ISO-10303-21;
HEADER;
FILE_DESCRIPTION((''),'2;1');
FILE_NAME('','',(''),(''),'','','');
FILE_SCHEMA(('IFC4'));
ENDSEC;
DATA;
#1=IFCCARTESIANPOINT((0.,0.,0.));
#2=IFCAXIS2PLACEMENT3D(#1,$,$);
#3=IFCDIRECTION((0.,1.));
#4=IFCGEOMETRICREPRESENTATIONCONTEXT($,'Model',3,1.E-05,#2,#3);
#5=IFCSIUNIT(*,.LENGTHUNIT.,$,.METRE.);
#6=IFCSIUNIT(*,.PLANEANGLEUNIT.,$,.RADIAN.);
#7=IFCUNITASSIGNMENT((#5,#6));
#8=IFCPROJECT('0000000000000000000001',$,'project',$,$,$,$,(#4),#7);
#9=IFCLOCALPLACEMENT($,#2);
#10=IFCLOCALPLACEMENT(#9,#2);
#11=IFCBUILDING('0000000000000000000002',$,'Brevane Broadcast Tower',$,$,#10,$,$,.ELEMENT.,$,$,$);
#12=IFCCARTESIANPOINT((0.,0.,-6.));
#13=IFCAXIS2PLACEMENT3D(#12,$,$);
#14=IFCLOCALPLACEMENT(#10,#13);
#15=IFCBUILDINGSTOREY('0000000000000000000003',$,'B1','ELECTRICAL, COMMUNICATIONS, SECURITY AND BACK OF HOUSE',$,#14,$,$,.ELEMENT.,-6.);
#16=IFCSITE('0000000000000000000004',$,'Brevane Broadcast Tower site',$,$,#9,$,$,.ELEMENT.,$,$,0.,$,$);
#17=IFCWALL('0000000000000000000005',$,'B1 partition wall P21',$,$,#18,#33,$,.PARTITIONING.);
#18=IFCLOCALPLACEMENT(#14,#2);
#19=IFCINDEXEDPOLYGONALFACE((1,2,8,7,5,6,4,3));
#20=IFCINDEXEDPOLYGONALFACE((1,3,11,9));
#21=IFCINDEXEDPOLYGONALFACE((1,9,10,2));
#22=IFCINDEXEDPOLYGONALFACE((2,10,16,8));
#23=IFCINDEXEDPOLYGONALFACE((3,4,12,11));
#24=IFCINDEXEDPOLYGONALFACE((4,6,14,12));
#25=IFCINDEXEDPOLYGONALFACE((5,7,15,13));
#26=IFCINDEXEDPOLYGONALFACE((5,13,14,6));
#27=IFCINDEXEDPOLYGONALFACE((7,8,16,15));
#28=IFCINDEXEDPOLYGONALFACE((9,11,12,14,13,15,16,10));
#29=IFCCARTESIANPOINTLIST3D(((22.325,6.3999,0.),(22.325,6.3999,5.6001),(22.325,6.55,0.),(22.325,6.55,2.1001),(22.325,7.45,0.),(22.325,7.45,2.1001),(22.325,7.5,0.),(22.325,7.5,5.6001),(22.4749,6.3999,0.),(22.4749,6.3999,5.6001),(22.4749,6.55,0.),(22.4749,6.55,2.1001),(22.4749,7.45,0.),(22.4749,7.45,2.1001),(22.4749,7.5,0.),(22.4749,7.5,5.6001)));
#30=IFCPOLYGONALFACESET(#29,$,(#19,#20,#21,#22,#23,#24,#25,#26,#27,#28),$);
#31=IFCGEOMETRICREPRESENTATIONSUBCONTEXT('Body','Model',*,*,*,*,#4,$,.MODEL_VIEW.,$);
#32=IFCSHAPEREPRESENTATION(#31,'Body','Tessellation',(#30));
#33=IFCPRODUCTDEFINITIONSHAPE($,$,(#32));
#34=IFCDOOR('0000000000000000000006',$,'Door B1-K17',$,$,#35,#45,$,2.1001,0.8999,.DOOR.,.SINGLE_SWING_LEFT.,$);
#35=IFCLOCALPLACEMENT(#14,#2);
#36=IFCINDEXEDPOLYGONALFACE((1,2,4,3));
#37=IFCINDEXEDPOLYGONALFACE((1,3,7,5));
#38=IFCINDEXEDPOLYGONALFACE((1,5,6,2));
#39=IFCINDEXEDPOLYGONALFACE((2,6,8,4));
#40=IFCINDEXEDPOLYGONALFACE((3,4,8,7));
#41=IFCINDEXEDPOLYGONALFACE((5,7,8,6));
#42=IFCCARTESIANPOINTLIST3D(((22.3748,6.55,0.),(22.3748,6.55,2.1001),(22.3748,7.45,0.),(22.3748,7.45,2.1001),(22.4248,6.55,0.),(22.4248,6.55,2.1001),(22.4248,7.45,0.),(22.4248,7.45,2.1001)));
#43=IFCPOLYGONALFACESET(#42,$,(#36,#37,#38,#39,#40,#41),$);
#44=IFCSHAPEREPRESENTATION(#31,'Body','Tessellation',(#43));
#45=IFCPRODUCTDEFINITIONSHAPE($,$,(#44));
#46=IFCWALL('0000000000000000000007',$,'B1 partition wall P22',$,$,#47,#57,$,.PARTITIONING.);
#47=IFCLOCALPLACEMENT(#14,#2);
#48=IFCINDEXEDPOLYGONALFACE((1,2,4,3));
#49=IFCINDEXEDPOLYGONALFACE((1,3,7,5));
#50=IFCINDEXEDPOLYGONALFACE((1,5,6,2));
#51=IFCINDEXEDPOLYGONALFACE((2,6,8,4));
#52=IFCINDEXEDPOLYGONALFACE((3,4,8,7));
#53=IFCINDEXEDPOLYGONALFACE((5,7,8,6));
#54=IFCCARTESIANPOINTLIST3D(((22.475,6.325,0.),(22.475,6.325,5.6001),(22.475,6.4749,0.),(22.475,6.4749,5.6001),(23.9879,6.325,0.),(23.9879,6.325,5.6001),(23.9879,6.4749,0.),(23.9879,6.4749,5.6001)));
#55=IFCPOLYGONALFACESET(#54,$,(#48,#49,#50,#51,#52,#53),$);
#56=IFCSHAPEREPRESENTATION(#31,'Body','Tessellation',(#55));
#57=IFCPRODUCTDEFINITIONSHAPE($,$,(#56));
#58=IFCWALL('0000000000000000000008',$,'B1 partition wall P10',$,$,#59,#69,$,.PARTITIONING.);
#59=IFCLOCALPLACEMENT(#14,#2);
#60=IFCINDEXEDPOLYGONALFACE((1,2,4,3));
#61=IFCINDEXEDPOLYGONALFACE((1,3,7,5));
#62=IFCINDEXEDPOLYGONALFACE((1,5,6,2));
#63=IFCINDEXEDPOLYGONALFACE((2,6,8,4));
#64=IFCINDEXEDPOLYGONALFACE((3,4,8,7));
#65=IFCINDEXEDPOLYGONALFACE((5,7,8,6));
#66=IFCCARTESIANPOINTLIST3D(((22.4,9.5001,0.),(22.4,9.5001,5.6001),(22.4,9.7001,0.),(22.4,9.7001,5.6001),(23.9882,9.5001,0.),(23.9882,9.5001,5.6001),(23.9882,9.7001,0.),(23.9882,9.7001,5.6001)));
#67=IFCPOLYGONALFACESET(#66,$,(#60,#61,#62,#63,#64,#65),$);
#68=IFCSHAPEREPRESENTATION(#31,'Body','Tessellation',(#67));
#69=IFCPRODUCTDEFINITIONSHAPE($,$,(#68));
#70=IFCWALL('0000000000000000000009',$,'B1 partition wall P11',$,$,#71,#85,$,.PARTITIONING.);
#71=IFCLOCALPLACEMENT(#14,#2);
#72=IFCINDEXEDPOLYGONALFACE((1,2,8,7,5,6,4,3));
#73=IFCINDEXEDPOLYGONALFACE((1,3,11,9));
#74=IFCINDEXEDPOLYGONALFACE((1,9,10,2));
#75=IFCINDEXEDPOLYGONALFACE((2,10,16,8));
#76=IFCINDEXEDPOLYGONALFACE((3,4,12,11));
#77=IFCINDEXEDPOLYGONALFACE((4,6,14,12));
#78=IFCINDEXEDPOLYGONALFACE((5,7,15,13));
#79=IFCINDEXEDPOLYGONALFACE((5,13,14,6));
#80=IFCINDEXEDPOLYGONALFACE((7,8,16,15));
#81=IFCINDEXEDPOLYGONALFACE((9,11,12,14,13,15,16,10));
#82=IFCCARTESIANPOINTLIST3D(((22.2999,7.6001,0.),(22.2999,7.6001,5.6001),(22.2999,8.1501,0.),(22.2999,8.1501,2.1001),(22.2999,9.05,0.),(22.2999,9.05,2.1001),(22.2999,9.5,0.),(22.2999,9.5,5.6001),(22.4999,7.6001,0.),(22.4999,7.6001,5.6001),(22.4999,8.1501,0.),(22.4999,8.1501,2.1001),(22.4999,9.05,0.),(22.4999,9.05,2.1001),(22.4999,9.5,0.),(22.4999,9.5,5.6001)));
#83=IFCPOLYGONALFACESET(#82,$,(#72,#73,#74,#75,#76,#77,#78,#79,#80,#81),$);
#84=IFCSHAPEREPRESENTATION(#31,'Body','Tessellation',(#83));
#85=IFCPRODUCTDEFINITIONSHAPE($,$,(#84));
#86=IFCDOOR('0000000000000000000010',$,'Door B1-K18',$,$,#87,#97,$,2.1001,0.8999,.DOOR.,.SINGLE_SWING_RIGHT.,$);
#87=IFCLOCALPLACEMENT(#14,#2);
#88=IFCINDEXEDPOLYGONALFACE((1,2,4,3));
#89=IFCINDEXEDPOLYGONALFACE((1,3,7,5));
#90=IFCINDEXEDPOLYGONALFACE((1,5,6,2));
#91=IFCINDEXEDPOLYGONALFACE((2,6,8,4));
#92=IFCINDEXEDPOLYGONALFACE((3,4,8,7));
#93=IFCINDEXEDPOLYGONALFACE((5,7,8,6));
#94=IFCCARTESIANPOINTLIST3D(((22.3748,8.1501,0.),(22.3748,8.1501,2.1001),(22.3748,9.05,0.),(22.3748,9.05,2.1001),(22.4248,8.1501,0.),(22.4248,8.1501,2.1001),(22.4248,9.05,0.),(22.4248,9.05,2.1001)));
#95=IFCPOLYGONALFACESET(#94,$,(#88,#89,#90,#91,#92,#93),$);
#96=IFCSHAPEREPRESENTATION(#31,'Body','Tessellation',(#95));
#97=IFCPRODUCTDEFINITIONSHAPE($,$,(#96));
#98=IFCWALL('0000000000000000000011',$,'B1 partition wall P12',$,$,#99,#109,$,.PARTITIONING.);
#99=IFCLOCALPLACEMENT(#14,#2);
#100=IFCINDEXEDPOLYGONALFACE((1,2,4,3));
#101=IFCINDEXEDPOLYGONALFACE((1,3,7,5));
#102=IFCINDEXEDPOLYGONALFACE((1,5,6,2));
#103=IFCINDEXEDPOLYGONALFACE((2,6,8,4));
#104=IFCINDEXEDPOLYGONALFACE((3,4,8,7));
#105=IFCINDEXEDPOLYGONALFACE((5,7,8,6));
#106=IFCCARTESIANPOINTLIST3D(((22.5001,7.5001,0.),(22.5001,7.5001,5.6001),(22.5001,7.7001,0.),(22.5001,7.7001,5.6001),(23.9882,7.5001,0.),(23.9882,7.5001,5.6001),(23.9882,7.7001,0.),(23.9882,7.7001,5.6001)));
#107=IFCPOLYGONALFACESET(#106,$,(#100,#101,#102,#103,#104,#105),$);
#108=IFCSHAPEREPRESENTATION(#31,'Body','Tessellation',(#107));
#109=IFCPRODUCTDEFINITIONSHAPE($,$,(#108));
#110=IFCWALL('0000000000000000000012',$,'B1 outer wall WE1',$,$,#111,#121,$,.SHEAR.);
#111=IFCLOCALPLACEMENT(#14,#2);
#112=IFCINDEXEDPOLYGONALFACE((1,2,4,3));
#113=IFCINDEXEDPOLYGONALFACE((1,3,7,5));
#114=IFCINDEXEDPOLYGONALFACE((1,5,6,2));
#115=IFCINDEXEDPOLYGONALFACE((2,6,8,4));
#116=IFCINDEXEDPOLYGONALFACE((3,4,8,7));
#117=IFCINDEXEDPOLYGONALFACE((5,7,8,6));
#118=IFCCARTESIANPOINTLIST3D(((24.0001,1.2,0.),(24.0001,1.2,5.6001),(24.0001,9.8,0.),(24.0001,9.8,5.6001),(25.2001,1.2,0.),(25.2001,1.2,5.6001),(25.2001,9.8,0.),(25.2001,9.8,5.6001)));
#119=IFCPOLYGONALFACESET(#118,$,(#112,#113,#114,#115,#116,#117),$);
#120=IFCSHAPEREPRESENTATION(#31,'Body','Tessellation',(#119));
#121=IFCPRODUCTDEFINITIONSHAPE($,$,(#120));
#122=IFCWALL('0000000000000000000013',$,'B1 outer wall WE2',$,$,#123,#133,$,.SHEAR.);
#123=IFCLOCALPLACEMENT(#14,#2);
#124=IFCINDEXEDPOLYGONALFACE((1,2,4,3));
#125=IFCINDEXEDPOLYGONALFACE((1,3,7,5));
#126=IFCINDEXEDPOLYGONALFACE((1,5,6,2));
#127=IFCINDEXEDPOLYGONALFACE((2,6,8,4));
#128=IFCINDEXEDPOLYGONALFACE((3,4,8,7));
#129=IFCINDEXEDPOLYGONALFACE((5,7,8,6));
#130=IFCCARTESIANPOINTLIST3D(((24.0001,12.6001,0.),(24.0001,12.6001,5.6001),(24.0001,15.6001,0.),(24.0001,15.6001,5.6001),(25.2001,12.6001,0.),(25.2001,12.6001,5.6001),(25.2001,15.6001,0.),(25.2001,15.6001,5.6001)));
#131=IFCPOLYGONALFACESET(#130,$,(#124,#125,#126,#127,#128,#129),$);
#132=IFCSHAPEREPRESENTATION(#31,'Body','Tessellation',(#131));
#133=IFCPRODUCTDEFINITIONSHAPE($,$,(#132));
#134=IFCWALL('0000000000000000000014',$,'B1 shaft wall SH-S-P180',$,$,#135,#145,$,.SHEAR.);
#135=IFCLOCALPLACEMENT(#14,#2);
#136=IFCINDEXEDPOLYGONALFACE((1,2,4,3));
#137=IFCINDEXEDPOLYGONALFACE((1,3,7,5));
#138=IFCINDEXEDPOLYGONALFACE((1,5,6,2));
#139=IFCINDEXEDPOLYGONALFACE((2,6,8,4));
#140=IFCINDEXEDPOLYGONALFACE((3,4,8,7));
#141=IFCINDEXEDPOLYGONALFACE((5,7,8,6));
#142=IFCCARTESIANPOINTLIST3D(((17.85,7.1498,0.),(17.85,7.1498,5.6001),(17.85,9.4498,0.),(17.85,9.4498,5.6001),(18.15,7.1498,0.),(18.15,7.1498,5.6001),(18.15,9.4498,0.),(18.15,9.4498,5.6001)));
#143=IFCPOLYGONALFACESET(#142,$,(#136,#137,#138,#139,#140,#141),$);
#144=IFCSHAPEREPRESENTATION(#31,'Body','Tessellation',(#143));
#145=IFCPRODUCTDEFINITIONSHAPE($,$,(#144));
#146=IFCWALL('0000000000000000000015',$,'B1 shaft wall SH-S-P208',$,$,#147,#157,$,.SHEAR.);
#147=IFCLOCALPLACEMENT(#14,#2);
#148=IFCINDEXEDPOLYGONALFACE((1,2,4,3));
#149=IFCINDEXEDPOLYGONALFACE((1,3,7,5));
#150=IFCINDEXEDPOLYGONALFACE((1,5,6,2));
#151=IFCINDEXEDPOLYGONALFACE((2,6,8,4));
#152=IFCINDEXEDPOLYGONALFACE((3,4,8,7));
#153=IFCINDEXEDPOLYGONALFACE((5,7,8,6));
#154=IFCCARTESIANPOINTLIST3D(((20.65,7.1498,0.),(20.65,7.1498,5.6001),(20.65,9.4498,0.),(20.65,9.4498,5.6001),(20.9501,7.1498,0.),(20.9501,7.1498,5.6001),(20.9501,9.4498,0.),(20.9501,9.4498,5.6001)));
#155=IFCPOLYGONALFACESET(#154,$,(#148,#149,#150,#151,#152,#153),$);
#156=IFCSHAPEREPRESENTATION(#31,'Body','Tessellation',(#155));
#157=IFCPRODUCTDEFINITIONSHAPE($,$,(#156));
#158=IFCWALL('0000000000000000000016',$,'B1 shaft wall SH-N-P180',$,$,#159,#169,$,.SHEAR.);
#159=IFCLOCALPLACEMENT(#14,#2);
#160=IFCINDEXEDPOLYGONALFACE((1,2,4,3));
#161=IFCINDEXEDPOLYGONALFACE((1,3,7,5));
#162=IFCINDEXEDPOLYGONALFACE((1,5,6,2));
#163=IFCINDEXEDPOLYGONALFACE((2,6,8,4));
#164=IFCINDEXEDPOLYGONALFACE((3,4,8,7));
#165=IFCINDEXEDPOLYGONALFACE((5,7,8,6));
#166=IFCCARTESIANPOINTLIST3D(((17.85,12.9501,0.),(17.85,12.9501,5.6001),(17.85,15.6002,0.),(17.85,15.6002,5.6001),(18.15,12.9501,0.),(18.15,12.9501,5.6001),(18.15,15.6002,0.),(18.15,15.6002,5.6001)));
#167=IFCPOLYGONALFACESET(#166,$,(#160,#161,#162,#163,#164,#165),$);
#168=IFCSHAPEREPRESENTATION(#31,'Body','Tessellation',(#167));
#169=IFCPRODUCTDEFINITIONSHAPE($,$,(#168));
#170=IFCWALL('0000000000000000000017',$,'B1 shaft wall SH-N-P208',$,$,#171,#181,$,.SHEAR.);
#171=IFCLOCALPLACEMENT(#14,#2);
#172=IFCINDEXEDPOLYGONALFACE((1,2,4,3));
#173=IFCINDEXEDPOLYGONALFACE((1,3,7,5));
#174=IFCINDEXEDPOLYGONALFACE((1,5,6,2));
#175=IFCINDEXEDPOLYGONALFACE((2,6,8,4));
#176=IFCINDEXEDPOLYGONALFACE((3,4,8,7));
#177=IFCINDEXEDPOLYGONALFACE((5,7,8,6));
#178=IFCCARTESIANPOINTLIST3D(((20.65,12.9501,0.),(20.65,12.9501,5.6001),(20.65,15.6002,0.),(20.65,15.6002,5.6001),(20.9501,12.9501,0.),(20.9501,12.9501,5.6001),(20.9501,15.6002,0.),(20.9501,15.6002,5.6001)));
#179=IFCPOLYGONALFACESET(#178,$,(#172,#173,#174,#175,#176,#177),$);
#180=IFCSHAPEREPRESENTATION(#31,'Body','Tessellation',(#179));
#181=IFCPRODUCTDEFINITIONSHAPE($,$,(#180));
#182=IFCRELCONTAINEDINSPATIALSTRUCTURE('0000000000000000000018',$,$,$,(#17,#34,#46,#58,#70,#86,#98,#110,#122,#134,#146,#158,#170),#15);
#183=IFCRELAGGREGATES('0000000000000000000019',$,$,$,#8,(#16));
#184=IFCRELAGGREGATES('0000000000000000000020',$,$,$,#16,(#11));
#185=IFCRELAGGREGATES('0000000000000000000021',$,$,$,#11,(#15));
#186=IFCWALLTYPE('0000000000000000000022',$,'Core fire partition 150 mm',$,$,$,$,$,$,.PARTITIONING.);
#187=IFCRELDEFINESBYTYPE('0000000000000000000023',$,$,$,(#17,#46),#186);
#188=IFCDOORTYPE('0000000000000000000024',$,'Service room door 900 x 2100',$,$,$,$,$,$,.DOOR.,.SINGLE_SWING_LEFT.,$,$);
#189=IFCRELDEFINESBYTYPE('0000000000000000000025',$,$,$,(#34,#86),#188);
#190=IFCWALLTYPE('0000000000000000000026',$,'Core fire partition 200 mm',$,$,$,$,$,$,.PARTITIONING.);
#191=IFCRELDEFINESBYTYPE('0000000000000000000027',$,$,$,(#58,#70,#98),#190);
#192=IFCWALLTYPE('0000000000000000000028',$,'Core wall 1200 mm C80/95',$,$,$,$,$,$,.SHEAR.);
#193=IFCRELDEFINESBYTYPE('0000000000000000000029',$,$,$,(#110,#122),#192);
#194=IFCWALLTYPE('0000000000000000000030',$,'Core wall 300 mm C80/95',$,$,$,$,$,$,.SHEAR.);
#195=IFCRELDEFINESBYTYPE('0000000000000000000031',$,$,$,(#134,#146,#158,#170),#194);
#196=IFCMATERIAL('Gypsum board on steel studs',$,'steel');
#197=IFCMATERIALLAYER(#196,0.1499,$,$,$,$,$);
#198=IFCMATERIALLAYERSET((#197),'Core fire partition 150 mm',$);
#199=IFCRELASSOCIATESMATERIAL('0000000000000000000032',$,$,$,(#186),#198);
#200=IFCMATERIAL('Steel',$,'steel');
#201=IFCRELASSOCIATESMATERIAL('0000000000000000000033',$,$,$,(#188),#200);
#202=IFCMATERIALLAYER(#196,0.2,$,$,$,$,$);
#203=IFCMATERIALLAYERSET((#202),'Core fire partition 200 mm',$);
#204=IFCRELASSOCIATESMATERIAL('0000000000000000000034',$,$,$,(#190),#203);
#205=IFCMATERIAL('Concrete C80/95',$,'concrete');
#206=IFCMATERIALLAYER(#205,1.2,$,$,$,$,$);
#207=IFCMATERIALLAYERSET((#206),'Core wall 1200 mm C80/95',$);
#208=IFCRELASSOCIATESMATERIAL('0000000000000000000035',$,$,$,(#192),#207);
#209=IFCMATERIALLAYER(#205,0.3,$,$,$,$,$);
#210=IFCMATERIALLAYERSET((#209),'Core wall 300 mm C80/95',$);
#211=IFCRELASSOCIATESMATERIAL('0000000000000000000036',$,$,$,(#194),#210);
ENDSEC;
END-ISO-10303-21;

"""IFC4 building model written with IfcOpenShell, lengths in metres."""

from ifc_helpers import new_model, si_unit, direction, frame, frame_2d, origin, place, context, subcontext, project, spatial, rectangle, extrude, material, layer, layer_set, type_object, element, fill, save


model = new_model("IFC4")

# Units and contexts
model_context = context("Model", 3, precision=1e-05, world=origin(), true_north=direction((0.0, 1.0)))
body_context = subcontext(model_context, "Body", "Model", "MODEL_VIEW")
ifc_project = project(units=[si_unit("LENGTHUNIT", "METRE"), si_unit("PLANEANGLEUNIT", "RADIAN")], contexts=[model_context])

# Site, building, storey
site_placement = place(None, origin())
site = spatial("IfcSite", under=ifc_project, at=site_placement, Name="Brevane Broadcast Tower site", CompositionType="ELEMENT", RefElevation=0.0)
building_placement = place(site_placement, origin())
building = spatial("IfcBuilding", under=site, at=building_placement, Name="Brevane Broadcast Tower", CompositionType="ELEMENT")
storey_placement = place(building_placement, frame((0.0, 0.0, -6.0)))
storey = spatial("IfcBuildingStorey", under=building, at=storey_placement, Name="B1", Description="ELECTRICAL, COMMUNICATIONS, SECURITY AND BACK OF HOUSE", CompositionType="ELEMENT", Elevation=-6.0)

# Wall, opening, door
ifc_material_1 = material(Name="Gypsum board on steel studs", Category="steel")
ifc_layer_1 = layer(ifc_material_1, 0.1499)
ifc_layer_set_1 = layer_set([ifc_layer_1], Name="Core fire partition 150 mm")
wall_type_1 = type_object("IfcWallType", Name="Core fire partition 150 mm", PredefinedType="PARTITIONING", material=ifc_layer_set_1)
wall_1_placement = place(storey_placement, frame((22.3999, 7.5, 0.0), z_axis=(0.0, 0.0, 1.0), x_axis=(0.0, -1.0, 0.0)))
wall_1 = element("IfcWall", 1, at=wall_1_placement, inside=storey, type_object=wall_type_1, Name="B1 partition wall P21", PredefinedType="PARTITIONING", context=body_context, shape_type="SweptSolid", body=[
    extrude(rectangle(XDim=1.1001, YDim=0.1499, at=frame_2d((0.55, 0.0))), origin(), (0.0, 0.0, 1.0), 5.6001),
])
opening_1_placement = place(wall_1_placement, frame((0.05, 0.0, 0.0)))
opening_1 = element("IfcOpeningElement", 2, at=opening_1_placement, cuts=wall_1, PredefinedType="OPENING", context=body_context, shape_type="SweptSolid", body=[
    extrude(rectangle(XDim=0.8999, YDim=2.1001, at=frame_2d((0.45, 1.05))), frame((0.0, 0.085, 0.0), z_axis=(0.0, -1.0, 0.0), x_axis=(1.0, 0.0, 0.0)), (0.0, 0.0, 1.0), 0.1699),
])
ifc_material_2 = material(Name="Steel", Category="steel")
door_type_1 = type_object("IfcDoorType", Name="Service room door 900 x 2100", OperationType="SINGLE_SWING_LEFT", PredefinedType="DOOR", material=ifc_material_2)
door_1_placement = place(opening_1_placement, origin())
door_1 = element("IfcDoor", 3, at=door_1_placement, inside=storey, type_object=door_type_1, Name="Door B1-K17", OperationType="SINGLE_SWING_LEFT", OverallHeight=2.1001, OverallWidth=0.8999, PredefinedType="DOOR", context=body_context, shape_type="SweptSolid", body=[
    extrude(rectangle(XDim=0.8999, YDim=2.1001, at=frame_2d((0.45, 1.05))), frame((0.0, 0.0249, 0.0), z_axis=(0.0, -1.0, 0.0), x_axis=(1.0, 0.0, 0.0)), (0.0, 0.0, 1.0), 0.05),
])
fill(opening_1, door_1)

# Walls
wall_2_placement = place(storey_placement, frame((22.4751, 6.3999, 0.0), z_axis=(0.0, 0.0, 1.0), x_axis=(1.0, 0.0, 0.0)))
element("IfcWall", 4, at=wall_2_placement, inside=storey, type_object=wall_type_1, Name="B1 partition wall P22", PredefinedType="PARTITIONING", context=body_context, shape_type="SweptSolid", body=[
    extrude(rectangle(XDim=1.5129, YDim=0.1499, at=frame_2d((0.7563, 0.0))), origin(), (0.0, 0.0, 1.0), 5.6001),
])
ifc_layer_2 = layer(ifc_material_1, 0.2)
ifc_layer_set_2 = layer_set([ifc_layer_2], Name="Core fire partition 200 mm")
wall_type_2 = type_object("IfcWallType", Name="Core fire partition 200 mm", PredefinedType="PARTITIONING", material=ifc_layer_set_2)
wall_3_placement = place(storey_placement, frame((23.988, 9.6001, 0.0), z_axis=(0.0, 0.0, 1.0), x_axis=(-1.0, 0.0, 0.0)))
element("IfcWall", 5, at=wall_3_placement, inside=storey, type_object=wall_type_2, Name="B1 partition wall P10", PredefinedType="PARTITIONING", context=body_context, shape_type="SweptSolid", body=[
    extrude(rectangle(XDim=1.5881, YDim=0.2, at=frame_2d((0.7939, 0.0))), origin(), (0.0, 0.0, 1.0), 5.6001),
])

# Wall, opening, door
wall_4_placement = place(storey_placement, frame((22.3999, 9.5, 0.0), z_axis=(0.0, 0.0, 1.0), x_axis=(0.0, -1.0, 0.0)))
wall_4 = element("IfcWall", 6, at=wall_4_placement, inside=storey, type_object=wall_type_2, Name="B1 partition wall P11", PredefinedType="PARTITIONING", context=body_context, shape_type="SweptSolid", body=[
    extrude(rectangle(XDim=1.8999, YDim=0.2, at=frame_2d((0.95, 0.0))), origin(), (0.0, 0.0, 1.0), 5.6001),
])
opening_2_placement = place(wall_4_placement, frame((0.45, 0.0, 0.0)))
opening_2 = element("IfcOpeningElement", 7, at=opening_2_placement, cuts=wall_4, PredefinedType="OPENING", context=body_context, shape_type="SweptSolid", body=[
    extrude(rectangle(XDim=0.8999, YDim=2.1001, at=frame_2d((0.45, 1.05))), frame((0.0, 0.1099, 0.0), z_axis=(0.0, -1.0, 0.0), x_axis=(1.0, 0.0, 0.0)), (0.0, 0.0, 1.0), 0.22),
])
door_2_placement = place(opening_2_placement, origin())
door_2 = element("IfcDoor", 8, at=door_2_placement, inside=storey, type_object=door_type_1, Name="Door B1-K18", OperationType="SINGLE_SWING_RIGHT", OverallHeight=2.1001, OverallWidth=0.8999, PredefinedType="DOOR", context=body_context, shape_type="SweptSolid", body=[
    extrude(rectangle(XDim=0.8999, YDim=2.1001, at=frame_2d((0.45, 1.05))), frame((0.0, 0.0249, 0.0), z_axis=(0.0, -1.0, 0.0), x_axis=(1.0, 0.0, 0.0)), (0.0, 0.0, 1.0), 0.05),
])
fill(opening_2, door_2)

# Walls
wall_5_placement = place(storey_placement, frame((22.5, 7.6001, 0.0), z_axis=(0.0, 0.0, 1.0), x_axis=(1.0, 0.0, 0.0)))
element("IfcWall", 9, at=wall_5_placement, inside=storey, type_object=wall_type_2, Name="B1 partition wall P12", PredefinedType="PARTITIONING", context=body_context, shape_type="SweptSolid", body=[
    extrude(rectangle(XDim=1.488, YDim=0.2, at=frame_2d((0.7441, 0.0))), origin(), (0.0, 0.0, 1.0), 5.6001),
])
ifc_material_3 = material(Name="Concrete C80/95", Category="concrete")
ifc_layer_3 = layer(ifc_material_3, 1.2)
ifc_layer_set_3 = layer_set([ifc_layer_3], Name="Core wall 1200 mm C80/95")
wall_type_3 = type_object("IfcWallType", Name="Core wall 1200 mm C80/95", PredefinedType="SHEAR", material=ifc_layer_set_3)
wall_6_placement = place(storey_placement, frame((24.6001, 1.2, 0.0), z_axis=(0.0, 0.0, 1.0), x_axis=(0.0, 1.0, 0.0)))
element("IfcWall", 10, at=wall_6_placement, inside=storey, type_object=wall_type_3, Name="B1 outer wall WE1", PredefinedType="SHEAR", context=body_context, shape_type="SweptSolid", body=[
    extrude(rectangle(XDim=8.6001, YDim=1.2, at=frame_2d((4.3, 0.0))), origin(), (0.0, 0.0, 1.0), 5.6001),
])
wall_7_placement = place(storey_placement, frame((24.6001, 12.6001, 0.0), z_axis=(0.0, 0.0, 1.0), x_axis=(0.0, 1.0, 0.0)))
element("IfcWall", 11, at=wall_7_placement, inside=storey, type_object=wall_type_3, Name="B1 outer wall WE2", PredefinedType="SHEAR", context=body_context, shape_type="SweptSolid", body=[
    extrude(rectangle(XDim=3.0, YDim=1.2, at=frame_2d((1.5, 0.0))), origin(), (0.0, 0.0, 1.0), 5.6001),
])
ifc_layer_4 = layer(ifc_material_3, 0.3)
ifc_layer_set_4 = layer_set([ifc_layer_4], Name="Core wall 300 mm C80/95")
wall_type_4 = type_object("IfcWallType", Name="Core wall 300 mm C80/95", PredefinedType="SHEAR", material=ifc_layer_set_4)
for number, where, z_axis, x_axis, name in (
    (12, (18.0, 7.1499, 0.0), (0.0, 0.0, 1.0), (0.0, 1.0, 0.0), "B1 shaft wall SH-S-P180"),
    (13, (20.8, 7.1499, 0.0), (0.0, 0.0, 1.0), (0.0, 1.0, 0.0), "B1 shaft wall SH-S-P208"),
):
    element("IfcWall", number, at=place(storey_placement, frame(where, z_axis=z_axis, x_axis=x_axis)), inside=storey, type_object=wall_type_4, Name=name, PredefinedType="SHEAR", context=body_context, shape_type="SweptSolid", body=[
        extrude(rectangle(XDim=2.3, YDim=0.3, at=frame_2d((1.1499, 0.0))), origin(), (0.0, 0.0, 1.0), 5.6001),
    ])
for number, where, z_axis, x_axis, name in (
    (14, (18.0, 12.95, 0.0), (0.0, 0.0, 1.0), (0.0, 1.0, 0.0), "B1 shaft wall SH-N-P180"),
    (15, (20.8, 12.95, 0.0), (0.0, 0.0, 1.0), (0.0, 1.0, 0.0), "B1 shaft wall SH-N-P208"),
):
    element("IfcWall", number, at=place(storey_placement, frame(where, z_axis=z_axis, x_axis=x_axis)), inside=storey, type_object=wall_type_4, Name=name, PredefinedType="SHEAR", context=body_context, shape_type="SweptSolid", body=[
        extrude(rectangle(XDim=2.6501, YDim=0.3, at=frame_2d((1.3252, 0.0))), origin(), (0.0, 0.0, 1.0), 5.6001),
    ])

save(model, "model.ifc")
